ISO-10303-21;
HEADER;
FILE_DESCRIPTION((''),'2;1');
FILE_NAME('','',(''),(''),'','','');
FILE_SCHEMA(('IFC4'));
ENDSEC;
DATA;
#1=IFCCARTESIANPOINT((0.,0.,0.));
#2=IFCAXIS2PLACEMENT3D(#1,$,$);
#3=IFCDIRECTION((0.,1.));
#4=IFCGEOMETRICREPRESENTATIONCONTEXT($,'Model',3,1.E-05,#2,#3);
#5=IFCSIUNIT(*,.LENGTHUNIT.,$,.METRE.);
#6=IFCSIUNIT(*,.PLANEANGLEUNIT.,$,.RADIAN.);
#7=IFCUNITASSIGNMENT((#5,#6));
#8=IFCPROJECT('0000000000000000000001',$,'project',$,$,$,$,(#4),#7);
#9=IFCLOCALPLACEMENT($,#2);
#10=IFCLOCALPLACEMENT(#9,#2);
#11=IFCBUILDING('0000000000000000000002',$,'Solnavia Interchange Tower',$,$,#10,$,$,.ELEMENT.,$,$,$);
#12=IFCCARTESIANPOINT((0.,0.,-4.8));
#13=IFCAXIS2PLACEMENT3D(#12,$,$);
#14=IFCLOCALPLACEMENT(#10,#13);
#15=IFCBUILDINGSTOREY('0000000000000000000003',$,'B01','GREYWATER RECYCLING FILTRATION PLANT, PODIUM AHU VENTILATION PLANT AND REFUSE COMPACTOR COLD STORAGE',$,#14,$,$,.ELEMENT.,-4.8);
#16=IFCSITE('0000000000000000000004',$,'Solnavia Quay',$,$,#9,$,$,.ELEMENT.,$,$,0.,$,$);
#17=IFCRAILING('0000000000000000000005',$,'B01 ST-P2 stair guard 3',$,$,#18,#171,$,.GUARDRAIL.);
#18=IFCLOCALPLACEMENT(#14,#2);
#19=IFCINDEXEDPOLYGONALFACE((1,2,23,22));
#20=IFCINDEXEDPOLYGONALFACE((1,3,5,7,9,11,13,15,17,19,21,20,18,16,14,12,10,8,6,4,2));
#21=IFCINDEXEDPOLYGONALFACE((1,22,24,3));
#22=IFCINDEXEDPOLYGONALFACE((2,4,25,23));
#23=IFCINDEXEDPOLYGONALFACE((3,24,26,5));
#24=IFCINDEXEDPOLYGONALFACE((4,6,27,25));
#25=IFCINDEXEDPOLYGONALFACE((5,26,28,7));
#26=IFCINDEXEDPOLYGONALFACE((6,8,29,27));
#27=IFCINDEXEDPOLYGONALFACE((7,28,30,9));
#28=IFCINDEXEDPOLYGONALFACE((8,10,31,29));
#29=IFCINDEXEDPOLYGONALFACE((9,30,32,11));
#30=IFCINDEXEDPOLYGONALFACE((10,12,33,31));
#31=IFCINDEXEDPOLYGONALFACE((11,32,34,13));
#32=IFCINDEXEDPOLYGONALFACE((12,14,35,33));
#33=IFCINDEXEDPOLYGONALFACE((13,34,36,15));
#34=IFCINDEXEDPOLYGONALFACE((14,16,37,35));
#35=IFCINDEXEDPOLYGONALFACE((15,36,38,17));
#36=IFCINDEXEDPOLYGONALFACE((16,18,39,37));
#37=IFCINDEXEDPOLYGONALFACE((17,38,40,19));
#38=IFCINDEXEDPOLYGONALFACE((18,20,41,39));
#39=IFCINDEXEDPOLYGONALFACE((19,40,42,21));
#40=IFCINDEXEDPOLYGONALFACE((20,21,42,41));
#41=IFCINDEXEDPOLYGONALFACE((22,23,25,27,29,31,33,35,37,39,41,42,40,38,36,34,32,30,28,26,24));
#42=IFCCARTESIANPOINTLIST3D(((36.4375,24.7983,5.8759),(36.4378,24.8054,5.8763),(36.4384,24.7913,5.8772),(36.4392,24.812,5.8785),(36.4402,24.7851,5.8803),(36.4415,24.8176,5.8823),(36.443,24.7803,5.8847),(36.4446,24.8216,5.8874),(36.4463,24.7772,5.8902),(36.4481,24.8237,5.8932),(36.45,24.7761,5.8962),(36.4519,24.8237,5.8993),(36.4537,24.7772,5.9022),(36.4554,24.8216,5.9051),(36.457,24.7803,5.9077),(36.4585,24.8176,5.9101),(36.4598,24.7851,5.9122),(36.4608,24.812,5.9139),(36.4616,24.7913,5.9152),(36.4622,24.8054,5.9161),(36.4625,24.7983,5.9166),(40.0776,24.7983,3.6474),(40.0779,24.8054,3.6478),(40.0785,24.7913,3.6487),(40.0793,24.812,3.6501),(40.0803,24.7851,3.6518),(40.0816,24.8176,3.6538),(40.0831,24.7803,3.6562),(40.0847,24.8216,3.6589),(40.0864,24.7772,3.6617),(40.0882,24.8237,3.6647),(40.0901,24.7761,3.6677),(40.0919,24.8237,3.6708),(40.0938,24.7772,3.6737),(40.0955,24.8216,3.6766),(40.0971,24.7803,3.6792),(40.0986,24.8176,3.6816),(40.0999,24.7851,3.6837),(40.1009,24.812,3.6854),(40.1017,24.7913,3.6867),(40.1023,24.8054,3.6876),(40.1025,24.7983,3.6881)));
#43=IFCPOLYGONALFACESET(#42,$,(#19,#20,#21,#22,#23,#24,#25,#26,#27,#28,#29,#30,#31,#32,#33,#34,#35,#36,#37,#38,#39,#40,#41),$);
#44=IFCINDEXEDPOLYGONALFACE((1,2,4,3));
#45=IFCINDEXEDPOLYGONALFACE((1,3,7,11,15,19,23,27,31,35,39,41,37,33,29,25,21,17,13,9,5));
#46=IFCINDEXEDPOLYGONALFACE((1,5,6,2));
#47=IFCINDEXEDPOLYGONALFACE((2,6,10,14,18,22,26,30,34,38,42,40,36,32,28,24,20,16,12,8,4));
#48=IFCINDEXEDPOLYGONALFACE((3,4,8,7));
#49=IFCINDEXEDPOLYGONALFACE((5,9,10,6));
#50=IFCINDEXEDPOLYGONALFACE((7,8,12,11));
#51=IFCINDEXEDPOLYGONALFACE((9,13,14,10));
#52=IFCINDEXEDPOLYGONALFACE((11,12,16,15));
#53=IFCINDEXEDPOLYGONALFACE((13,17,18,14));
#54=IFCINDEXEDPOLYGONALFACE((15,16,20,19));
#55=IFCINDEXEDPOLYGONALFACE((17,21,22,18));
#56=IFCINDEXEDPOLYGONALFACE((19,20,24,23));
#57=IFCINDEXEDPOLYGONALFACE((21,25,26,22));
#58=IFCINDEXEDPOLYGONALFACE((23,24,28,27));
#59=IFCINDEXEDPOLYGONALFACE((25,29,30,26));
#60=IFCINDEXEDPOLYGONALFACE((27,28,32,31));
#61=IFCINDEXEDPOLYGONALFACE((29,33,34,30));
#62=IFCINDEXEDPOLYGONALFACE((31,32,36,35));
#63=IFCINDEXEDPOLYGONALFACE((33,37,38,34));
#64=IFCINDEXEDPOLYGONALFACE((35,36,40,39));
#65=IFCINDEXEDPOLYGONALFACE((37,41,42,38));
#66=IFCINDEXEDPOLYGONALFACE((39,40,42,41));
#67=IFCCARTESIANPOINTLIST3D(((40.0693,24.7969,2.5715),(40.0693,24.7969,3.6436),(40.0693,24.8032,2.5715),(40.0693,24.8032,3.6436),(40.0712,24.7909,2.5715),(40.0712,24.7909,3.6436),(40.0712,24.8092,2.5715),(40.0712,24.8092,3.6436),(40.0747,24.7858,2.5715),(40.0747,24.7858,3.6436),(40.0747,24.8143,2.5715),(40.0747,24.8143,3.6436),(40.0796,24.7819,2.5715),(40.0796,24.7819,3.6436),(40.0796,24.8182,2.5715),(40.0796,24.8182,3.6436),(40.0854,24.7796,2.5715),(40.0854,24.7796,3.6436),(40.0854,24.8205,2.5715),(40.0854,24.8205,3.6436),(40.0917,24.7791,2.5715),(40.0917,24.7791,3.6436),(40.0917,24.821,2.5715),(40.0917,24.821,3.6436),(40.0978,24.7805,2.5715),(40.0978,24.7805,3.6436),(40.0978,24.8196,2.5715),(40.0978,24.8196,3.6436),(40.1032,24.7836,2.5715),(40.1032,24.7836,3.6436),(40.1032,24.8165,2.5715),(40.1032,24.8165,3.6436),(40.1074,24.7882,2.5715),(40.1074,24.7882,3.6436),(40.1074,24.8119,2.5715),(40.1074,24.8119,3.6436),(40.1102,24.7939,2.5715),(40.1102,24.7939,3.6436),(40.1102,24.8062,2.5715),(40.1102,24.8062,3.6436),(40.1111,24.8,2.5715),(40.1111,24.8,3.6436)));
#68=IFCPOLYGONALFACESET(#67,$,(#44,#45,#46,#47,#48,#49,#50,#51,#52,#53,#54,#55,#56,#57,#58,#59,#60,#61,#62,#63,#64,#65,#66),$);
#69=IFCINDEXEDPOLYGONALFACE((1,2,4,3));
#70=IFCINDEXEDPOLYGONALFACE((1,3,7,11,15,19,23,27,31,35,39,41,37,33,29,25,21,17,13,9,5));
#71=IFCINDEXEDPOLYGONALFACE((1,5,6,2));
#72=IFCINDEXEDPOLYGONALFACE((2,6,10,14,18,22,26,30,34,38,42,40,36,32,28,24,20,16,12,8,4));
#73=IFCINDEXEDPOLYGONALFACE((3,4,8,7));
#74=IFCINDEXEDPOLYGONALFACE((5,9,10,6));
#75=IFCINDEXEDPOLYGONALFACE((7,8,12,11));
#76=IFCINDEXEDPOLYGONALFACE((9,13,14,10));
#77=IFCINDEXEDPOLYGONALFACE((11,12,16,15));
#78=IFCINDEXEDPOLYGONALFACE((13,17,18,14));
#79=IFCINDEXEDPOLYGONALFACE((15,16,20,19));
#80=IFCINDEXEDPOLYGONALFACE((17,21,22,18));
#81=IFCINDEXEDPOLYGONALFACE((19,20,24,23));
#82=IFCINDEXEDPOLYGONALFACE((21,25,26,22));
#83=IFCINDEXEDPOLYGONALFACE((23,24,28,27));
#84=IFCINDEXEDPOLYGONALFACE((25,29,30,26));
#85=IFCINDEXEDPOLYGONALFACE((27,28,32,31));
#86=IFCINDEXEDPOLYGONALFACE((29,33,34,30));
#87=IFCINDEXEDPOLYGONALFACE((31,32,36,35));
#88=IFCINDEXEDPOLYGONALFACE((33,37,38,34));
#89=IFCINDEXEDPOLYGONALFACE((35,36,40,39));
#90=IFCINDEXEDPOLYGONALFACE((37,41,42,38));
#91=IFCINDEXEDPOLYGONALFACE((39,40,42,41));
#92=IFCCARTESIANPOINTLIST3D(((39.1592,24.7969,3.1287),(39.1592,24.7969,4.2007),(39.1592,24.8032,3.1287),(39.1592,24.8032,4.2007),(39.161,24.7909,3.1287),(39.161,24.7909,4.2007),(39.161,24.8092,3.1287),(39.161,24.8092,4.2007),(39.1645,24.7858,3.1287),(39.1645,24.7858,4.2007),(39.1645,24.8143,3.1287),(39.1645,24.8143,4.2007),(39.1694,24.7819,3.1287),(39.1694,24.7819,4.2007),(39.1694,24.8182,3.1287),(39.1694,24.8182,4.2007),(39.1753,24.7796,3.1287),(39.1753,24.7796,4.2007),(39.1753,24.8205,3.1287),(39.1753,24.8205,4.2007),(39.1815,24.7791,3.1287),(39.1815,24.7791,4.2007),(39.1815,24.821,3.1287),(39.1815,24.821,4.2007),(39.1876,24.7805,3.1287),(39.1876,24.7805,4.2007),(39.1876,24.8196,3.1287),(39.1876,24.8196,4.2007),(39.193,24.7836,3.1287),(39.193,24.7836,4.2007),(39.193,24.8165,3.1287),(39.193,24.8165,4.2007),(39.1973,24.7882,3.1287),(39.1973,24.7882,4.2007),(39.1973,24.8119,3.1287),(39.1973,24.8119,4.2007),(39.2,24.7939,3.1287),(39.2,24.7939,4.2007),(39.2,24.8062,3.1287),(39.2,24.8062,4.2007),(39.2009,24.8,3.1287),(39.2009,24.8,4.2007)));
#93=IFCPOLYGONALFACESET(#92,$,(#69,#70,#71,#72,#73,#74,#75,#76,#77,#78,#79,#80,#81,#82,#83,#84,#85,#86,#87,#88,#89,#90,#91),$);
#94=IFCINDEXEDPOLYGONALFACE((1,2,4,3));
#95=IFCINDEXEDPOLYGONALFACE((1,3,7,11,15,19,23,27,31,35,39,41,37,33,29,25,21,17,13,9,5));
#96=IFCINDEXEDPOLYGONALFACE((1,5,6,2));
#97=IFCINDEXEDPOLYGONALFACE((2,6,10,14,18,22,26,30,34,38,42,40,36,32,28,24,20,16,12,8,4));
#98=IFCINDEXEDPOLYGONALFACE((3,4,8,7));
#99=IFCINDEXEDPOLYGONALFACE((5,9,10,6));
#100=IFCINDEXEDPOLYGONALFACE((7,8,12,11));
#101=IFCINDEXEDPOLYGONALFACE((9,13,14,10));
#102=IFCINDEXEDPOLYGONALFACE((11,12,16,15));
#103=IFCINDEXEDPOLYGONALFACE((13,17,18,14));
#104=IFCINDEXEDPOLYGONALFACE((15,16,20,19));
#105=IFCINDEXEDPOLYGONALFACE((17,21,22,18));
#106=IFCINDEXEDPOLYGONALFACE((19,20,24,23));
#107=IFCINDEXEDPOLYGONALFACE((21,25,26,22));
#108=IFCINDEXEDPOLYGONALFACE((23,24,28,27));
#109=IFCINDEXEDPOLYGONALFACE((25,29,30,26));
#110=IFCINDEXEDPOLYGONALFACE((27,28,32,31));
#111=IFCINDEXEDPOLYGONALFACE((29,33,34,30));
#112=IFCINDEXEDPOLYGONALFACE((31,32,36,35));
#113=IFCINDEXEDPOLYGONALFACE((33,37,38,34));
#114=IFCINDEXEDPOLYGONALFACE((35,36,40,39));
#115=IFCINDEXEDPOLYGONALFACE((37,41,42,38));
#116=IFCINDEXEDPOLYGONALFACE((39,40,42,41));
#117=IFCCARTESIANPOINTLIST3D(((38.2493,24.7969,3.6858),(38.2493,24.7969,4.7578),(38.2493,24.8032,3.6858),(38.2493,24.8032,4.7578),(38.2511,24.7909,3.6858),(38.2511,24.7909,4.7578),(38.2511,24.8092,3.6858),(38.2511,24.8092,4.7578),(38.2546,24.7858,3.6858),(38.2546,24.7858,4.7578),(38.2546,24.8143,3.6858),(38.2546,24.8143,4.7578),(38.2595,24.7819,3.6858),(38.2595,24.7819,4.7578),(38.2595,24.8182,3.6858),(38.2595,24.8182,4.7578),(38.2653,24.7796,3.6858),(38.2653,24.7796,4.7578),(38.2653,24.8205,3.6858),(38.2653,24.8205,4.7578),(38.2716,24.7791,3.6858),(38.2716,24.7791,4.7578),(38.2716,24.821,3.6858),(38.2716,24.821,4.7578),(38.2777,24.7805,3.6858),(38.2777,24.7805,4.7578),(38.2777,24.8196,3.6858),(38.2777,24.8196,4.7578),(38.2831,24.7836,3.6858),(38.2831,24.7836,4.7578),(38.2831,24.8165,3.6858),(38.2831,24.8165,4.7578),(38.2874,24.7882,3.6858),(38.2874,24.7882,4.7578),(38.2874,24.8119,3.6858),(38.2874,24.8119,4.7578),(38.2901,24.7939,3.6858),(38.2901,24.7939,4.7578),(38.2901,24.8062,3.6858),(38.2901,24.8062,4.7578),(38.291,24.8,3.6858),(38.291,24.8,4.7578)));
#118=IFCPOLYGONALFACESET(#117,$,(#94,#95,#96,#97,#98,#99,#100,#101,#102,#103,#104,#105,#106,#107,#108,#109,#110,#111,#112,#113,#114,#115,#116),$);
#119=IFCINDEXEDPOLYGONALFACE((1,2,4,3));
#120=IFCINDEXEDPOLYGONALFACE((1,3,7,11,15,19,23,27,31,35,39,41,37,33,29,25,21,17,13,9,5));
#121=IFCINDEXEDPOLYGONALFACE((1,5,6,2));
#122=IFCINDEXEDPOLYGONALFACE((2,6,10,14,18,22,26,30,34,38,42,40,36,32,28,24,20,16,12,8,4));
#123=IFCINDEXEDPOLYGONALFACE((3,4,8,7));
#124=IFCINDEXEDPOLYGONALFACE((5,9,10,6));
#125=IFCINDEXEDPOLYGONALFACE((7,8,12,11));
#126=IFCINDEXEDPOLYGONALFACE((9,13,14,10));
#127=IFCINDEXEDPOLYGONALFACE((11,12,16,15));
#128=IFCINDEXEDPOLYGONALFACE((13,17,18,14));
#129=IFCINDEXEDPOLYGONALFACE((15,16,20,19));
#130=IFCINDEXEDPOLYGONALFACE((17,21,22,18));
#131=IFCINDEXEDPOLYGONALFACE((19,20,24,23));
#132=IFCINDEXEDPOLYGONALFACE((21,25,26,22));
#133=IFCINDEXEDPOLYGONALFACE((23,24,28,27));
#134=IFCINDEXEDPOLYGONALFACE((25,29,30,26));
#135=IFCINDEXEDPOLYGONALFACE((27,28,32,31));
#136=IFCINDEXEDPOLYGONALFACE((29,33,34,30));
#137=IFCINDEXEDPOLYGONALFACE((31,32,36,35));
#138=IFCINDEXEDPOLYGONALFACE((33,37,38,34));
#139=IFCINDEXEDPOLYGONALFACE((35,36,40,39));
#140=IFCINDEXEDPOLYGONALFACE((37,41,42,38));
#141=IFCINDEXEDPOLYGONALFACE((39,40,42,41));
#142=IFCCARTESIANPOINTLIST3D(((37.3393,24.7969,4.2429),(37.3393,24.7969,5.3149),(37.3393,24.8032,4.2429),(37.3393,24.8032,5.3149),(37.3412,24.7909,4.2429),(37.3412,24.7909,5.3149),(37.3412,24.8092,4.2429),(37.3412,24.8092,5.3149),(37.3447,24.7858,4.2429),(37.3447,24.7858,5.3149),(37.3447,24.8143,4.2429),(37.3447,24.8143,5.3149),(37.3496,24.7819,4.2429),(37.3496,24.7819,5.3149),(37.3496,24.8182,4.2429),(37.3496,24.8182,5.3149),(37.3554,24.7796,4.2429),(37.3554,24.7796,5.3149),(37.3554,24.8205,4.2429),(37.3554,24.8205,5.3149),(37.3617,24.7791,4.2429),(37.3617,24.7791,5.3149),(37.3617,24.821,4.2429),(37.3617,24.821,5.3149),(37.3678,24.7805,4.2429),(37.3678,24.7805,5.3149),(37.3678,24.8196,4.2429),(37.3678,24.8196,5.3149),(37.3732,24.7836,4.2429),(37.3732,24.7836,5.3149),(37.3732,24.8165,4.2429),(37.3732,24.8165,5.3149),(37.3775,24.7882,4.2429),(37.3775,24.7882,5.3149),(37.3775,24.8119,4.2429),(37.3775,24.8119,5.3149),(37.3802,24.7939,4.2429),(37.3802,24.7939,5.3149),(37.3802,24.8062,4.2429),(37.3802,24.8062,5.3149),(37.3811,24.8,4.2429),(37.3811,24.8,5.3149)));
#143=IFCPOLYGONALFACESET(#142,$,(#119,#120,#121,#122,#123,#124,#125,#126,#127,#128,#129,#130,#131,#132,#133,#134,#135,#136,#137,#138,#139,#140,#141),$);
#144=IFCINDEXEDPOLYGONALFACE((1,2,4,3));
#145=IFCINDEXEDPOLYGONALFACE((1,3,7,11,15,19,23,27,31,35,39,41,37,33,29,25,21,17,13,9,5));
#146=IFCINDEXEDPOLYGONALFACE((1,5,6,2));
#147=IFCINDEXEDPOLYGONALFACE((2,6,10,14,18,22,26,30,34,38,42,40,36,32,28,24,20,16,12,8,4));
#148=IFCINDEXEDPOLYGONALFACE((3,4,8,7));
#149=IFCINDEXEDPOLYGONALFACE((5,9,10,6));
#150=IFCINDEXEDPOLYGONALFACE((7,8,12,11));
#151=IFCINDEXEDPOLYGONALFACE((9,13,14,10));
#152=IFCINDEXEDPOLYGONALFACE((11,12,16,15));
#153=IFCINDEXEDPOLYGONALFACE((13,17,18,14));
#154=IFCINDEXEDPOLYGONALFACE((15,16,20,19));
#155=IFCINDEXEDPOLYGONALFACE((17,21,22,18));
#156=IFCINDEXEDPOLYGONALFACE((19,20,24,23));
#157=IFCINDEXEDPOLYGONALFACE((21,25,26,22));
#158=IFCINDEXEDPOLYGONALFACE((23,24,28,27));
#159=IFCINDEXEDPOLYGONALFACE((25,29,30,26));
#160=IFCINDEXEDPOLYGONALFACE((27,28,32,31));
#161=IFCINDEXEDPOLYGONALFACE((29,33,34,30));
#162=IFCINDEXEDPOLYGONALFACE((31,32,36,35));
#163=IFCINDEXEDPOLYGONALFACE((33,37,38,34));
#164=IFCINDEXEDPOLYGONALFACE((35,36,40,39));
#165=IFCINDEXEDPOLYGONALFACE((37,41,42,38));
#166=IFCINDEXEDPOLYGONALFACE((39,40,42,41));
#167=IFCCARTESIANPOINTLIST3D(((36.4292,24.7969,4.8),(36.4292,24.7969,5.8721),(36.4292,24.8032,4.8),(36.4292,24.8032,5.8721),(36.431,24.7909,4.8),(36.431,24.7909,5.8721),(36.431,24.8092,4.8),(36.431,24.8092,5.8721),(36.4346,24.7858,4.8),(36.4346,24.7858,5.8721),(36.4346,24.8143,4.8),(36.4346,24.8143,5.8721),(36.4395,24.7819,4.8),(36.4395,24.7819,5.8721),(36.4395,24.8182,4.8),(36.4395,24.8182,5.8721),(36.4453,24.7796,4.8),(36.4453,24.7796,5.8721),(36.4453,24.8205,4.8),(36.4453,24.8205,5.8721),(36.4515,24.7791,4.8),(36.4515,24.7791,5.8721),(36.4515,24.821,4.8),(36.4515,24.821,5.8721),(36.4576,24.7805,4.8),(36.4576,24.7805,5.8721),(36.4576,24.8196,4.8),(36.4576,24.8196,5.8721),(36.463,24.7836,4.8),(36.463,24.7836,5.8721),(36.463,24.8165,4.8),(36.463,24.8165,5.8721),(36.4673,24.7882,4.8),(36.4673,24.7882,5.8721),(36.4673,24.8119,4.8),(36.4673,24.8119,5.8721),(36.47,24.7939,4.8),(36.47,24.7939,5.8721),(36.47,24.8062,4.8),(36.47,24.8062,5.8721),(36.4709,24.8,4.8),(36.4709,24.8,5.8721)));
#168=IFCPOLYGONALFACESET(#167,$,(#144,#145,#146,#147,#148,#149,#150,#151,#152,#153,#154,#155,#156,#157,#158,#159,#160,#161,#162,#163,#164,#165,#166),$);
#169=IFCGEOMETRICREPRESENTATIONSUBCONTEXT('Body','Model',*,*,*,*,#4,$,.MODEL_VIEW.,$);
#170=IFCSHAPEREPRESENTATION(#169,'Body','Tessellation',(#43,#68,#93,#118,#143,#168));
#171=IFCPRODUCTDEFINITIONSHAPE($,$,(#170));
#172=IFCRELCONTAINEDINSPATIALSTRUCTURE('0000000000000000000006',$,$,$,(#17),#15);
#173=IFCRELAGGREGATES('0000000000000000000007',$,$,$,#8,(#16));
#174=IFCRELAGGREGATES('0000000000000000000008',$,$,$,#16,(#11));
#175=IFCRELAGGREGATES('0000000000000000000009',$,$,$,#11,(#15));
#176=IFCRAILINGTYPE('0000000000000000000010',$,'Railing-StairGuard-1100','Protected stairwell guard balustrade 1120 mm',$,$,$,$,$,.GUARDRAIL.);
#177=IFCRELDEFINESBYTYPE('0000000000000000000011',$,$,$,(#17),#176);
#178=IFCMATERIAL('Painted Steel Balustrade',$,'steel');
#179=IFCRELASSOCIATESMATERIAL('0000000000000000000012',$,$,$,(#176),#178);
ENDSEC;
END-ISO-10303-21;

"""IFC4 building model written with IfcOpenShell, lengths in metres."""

from ifc_helpers import new_model, si_unit, direction, frame, origin, origin_2d, place, context, subcontext, project, spatial, circle, extrude, material, type_object, element, save


model = new_model("IFC4")

# Units and contexts
model_context = context("Model", 3, precision=1e-05, world=origin(), true_north=direction((0.0, 1.0)))
body_context = subcontext(model_context, "Body", "Model", "MODEL_VIEW")
ifc_project = project(units=[si_unit("LENGTHUNIT", "METRE"), si_unit("PLANEANGLEUNIT", "RADIAN")], contexts=[model_context])

# Site, building, storey
site_placement = place(None, origin())
site = spatial("IfcSite", under=ifc_project, at=site_placement, Name="Solnavia Quay", CompositionType="ELEMENT", RefElevation=0.0)
building_placement = place(site_placement, origin())
building = spatial("IfcBuilding", under=site, at=building_placement, Name="Solnavia Interchange Tower", CompositionType="ELEMENT")
storey_placement = place(building_placement, frame((0.0, 0.0, -4.8)))
storey = spatial("IfcBuildingStorey", under=building, at=storey_placement, Name="B01", Description="GREYWATER RECYCLING FILTRATION PLANT, PODIUM AHU VENTILATION PLANT AND REFUSE COMPACTOR COLD STORAGE", CompositionType="ELEMENT", Elevation=-4.8)

# Railing
ifc_material_1 = material(Name="Painted Steel Balustrade", Category="steel")
railing_type_1 = type_object("IfcRailingType", Name="Railing-StairGuard-1100", Description="Protected stairwell guard balustrade 1120 mm", PredefinedType="GUARDRAIL", material=ifc_material_1)
railing_1_placement = place(storey_placement, frame((40.0901, 24.8, 2.5715)))
element("IfcRailing", 1, at=railing_1_placement, inside=storey, type_object=railing_type_1, Name="B01 ST-P2 stair guard 3", PredefinedType="GUARDRAIL", context=body_context, shape_type="SweptSolid", body=[
    extrude(circle(Radius=0.0239, at=origin_2d()), frame((0.0, 0.0, 1.0962), z_axis=(-0.852866, 0.0, 0.52213), x_axis=(0.0, -1.0, 0.0)), (0.0, 0.0, 1.0), 4.2681),
    extrude(circle(Radius=0.021, at=origin_2d()), origin(), (0.0, 0.0, 1.0), 1.072),
    extrude(circle(Radius=0.021, at=origin_2d()), frame((-0.9102, 0.0, 0.5571)), (0.0, 0.0, 1.0), 1.072),
    extrude(circle(Radius=0.021, at=origin_2d()), frame((-1.8201, 0.0, 1.1143)), (0.0, 0.0, 1.0), 1.072),
    extrude(circle(Radius=0.021, at=origin_2d()), frame((-2.73, 0.0, 1.6714)), (0.0, 0.0, 1.0), 1.072),
    extrude(circle(Radius=0.021, at=origin_2d()), frame((-3.6401, 0.0, 2.2285)), (0.0, 0.0, 1.0), 1.072),
])

save(model, "model.ifc")
